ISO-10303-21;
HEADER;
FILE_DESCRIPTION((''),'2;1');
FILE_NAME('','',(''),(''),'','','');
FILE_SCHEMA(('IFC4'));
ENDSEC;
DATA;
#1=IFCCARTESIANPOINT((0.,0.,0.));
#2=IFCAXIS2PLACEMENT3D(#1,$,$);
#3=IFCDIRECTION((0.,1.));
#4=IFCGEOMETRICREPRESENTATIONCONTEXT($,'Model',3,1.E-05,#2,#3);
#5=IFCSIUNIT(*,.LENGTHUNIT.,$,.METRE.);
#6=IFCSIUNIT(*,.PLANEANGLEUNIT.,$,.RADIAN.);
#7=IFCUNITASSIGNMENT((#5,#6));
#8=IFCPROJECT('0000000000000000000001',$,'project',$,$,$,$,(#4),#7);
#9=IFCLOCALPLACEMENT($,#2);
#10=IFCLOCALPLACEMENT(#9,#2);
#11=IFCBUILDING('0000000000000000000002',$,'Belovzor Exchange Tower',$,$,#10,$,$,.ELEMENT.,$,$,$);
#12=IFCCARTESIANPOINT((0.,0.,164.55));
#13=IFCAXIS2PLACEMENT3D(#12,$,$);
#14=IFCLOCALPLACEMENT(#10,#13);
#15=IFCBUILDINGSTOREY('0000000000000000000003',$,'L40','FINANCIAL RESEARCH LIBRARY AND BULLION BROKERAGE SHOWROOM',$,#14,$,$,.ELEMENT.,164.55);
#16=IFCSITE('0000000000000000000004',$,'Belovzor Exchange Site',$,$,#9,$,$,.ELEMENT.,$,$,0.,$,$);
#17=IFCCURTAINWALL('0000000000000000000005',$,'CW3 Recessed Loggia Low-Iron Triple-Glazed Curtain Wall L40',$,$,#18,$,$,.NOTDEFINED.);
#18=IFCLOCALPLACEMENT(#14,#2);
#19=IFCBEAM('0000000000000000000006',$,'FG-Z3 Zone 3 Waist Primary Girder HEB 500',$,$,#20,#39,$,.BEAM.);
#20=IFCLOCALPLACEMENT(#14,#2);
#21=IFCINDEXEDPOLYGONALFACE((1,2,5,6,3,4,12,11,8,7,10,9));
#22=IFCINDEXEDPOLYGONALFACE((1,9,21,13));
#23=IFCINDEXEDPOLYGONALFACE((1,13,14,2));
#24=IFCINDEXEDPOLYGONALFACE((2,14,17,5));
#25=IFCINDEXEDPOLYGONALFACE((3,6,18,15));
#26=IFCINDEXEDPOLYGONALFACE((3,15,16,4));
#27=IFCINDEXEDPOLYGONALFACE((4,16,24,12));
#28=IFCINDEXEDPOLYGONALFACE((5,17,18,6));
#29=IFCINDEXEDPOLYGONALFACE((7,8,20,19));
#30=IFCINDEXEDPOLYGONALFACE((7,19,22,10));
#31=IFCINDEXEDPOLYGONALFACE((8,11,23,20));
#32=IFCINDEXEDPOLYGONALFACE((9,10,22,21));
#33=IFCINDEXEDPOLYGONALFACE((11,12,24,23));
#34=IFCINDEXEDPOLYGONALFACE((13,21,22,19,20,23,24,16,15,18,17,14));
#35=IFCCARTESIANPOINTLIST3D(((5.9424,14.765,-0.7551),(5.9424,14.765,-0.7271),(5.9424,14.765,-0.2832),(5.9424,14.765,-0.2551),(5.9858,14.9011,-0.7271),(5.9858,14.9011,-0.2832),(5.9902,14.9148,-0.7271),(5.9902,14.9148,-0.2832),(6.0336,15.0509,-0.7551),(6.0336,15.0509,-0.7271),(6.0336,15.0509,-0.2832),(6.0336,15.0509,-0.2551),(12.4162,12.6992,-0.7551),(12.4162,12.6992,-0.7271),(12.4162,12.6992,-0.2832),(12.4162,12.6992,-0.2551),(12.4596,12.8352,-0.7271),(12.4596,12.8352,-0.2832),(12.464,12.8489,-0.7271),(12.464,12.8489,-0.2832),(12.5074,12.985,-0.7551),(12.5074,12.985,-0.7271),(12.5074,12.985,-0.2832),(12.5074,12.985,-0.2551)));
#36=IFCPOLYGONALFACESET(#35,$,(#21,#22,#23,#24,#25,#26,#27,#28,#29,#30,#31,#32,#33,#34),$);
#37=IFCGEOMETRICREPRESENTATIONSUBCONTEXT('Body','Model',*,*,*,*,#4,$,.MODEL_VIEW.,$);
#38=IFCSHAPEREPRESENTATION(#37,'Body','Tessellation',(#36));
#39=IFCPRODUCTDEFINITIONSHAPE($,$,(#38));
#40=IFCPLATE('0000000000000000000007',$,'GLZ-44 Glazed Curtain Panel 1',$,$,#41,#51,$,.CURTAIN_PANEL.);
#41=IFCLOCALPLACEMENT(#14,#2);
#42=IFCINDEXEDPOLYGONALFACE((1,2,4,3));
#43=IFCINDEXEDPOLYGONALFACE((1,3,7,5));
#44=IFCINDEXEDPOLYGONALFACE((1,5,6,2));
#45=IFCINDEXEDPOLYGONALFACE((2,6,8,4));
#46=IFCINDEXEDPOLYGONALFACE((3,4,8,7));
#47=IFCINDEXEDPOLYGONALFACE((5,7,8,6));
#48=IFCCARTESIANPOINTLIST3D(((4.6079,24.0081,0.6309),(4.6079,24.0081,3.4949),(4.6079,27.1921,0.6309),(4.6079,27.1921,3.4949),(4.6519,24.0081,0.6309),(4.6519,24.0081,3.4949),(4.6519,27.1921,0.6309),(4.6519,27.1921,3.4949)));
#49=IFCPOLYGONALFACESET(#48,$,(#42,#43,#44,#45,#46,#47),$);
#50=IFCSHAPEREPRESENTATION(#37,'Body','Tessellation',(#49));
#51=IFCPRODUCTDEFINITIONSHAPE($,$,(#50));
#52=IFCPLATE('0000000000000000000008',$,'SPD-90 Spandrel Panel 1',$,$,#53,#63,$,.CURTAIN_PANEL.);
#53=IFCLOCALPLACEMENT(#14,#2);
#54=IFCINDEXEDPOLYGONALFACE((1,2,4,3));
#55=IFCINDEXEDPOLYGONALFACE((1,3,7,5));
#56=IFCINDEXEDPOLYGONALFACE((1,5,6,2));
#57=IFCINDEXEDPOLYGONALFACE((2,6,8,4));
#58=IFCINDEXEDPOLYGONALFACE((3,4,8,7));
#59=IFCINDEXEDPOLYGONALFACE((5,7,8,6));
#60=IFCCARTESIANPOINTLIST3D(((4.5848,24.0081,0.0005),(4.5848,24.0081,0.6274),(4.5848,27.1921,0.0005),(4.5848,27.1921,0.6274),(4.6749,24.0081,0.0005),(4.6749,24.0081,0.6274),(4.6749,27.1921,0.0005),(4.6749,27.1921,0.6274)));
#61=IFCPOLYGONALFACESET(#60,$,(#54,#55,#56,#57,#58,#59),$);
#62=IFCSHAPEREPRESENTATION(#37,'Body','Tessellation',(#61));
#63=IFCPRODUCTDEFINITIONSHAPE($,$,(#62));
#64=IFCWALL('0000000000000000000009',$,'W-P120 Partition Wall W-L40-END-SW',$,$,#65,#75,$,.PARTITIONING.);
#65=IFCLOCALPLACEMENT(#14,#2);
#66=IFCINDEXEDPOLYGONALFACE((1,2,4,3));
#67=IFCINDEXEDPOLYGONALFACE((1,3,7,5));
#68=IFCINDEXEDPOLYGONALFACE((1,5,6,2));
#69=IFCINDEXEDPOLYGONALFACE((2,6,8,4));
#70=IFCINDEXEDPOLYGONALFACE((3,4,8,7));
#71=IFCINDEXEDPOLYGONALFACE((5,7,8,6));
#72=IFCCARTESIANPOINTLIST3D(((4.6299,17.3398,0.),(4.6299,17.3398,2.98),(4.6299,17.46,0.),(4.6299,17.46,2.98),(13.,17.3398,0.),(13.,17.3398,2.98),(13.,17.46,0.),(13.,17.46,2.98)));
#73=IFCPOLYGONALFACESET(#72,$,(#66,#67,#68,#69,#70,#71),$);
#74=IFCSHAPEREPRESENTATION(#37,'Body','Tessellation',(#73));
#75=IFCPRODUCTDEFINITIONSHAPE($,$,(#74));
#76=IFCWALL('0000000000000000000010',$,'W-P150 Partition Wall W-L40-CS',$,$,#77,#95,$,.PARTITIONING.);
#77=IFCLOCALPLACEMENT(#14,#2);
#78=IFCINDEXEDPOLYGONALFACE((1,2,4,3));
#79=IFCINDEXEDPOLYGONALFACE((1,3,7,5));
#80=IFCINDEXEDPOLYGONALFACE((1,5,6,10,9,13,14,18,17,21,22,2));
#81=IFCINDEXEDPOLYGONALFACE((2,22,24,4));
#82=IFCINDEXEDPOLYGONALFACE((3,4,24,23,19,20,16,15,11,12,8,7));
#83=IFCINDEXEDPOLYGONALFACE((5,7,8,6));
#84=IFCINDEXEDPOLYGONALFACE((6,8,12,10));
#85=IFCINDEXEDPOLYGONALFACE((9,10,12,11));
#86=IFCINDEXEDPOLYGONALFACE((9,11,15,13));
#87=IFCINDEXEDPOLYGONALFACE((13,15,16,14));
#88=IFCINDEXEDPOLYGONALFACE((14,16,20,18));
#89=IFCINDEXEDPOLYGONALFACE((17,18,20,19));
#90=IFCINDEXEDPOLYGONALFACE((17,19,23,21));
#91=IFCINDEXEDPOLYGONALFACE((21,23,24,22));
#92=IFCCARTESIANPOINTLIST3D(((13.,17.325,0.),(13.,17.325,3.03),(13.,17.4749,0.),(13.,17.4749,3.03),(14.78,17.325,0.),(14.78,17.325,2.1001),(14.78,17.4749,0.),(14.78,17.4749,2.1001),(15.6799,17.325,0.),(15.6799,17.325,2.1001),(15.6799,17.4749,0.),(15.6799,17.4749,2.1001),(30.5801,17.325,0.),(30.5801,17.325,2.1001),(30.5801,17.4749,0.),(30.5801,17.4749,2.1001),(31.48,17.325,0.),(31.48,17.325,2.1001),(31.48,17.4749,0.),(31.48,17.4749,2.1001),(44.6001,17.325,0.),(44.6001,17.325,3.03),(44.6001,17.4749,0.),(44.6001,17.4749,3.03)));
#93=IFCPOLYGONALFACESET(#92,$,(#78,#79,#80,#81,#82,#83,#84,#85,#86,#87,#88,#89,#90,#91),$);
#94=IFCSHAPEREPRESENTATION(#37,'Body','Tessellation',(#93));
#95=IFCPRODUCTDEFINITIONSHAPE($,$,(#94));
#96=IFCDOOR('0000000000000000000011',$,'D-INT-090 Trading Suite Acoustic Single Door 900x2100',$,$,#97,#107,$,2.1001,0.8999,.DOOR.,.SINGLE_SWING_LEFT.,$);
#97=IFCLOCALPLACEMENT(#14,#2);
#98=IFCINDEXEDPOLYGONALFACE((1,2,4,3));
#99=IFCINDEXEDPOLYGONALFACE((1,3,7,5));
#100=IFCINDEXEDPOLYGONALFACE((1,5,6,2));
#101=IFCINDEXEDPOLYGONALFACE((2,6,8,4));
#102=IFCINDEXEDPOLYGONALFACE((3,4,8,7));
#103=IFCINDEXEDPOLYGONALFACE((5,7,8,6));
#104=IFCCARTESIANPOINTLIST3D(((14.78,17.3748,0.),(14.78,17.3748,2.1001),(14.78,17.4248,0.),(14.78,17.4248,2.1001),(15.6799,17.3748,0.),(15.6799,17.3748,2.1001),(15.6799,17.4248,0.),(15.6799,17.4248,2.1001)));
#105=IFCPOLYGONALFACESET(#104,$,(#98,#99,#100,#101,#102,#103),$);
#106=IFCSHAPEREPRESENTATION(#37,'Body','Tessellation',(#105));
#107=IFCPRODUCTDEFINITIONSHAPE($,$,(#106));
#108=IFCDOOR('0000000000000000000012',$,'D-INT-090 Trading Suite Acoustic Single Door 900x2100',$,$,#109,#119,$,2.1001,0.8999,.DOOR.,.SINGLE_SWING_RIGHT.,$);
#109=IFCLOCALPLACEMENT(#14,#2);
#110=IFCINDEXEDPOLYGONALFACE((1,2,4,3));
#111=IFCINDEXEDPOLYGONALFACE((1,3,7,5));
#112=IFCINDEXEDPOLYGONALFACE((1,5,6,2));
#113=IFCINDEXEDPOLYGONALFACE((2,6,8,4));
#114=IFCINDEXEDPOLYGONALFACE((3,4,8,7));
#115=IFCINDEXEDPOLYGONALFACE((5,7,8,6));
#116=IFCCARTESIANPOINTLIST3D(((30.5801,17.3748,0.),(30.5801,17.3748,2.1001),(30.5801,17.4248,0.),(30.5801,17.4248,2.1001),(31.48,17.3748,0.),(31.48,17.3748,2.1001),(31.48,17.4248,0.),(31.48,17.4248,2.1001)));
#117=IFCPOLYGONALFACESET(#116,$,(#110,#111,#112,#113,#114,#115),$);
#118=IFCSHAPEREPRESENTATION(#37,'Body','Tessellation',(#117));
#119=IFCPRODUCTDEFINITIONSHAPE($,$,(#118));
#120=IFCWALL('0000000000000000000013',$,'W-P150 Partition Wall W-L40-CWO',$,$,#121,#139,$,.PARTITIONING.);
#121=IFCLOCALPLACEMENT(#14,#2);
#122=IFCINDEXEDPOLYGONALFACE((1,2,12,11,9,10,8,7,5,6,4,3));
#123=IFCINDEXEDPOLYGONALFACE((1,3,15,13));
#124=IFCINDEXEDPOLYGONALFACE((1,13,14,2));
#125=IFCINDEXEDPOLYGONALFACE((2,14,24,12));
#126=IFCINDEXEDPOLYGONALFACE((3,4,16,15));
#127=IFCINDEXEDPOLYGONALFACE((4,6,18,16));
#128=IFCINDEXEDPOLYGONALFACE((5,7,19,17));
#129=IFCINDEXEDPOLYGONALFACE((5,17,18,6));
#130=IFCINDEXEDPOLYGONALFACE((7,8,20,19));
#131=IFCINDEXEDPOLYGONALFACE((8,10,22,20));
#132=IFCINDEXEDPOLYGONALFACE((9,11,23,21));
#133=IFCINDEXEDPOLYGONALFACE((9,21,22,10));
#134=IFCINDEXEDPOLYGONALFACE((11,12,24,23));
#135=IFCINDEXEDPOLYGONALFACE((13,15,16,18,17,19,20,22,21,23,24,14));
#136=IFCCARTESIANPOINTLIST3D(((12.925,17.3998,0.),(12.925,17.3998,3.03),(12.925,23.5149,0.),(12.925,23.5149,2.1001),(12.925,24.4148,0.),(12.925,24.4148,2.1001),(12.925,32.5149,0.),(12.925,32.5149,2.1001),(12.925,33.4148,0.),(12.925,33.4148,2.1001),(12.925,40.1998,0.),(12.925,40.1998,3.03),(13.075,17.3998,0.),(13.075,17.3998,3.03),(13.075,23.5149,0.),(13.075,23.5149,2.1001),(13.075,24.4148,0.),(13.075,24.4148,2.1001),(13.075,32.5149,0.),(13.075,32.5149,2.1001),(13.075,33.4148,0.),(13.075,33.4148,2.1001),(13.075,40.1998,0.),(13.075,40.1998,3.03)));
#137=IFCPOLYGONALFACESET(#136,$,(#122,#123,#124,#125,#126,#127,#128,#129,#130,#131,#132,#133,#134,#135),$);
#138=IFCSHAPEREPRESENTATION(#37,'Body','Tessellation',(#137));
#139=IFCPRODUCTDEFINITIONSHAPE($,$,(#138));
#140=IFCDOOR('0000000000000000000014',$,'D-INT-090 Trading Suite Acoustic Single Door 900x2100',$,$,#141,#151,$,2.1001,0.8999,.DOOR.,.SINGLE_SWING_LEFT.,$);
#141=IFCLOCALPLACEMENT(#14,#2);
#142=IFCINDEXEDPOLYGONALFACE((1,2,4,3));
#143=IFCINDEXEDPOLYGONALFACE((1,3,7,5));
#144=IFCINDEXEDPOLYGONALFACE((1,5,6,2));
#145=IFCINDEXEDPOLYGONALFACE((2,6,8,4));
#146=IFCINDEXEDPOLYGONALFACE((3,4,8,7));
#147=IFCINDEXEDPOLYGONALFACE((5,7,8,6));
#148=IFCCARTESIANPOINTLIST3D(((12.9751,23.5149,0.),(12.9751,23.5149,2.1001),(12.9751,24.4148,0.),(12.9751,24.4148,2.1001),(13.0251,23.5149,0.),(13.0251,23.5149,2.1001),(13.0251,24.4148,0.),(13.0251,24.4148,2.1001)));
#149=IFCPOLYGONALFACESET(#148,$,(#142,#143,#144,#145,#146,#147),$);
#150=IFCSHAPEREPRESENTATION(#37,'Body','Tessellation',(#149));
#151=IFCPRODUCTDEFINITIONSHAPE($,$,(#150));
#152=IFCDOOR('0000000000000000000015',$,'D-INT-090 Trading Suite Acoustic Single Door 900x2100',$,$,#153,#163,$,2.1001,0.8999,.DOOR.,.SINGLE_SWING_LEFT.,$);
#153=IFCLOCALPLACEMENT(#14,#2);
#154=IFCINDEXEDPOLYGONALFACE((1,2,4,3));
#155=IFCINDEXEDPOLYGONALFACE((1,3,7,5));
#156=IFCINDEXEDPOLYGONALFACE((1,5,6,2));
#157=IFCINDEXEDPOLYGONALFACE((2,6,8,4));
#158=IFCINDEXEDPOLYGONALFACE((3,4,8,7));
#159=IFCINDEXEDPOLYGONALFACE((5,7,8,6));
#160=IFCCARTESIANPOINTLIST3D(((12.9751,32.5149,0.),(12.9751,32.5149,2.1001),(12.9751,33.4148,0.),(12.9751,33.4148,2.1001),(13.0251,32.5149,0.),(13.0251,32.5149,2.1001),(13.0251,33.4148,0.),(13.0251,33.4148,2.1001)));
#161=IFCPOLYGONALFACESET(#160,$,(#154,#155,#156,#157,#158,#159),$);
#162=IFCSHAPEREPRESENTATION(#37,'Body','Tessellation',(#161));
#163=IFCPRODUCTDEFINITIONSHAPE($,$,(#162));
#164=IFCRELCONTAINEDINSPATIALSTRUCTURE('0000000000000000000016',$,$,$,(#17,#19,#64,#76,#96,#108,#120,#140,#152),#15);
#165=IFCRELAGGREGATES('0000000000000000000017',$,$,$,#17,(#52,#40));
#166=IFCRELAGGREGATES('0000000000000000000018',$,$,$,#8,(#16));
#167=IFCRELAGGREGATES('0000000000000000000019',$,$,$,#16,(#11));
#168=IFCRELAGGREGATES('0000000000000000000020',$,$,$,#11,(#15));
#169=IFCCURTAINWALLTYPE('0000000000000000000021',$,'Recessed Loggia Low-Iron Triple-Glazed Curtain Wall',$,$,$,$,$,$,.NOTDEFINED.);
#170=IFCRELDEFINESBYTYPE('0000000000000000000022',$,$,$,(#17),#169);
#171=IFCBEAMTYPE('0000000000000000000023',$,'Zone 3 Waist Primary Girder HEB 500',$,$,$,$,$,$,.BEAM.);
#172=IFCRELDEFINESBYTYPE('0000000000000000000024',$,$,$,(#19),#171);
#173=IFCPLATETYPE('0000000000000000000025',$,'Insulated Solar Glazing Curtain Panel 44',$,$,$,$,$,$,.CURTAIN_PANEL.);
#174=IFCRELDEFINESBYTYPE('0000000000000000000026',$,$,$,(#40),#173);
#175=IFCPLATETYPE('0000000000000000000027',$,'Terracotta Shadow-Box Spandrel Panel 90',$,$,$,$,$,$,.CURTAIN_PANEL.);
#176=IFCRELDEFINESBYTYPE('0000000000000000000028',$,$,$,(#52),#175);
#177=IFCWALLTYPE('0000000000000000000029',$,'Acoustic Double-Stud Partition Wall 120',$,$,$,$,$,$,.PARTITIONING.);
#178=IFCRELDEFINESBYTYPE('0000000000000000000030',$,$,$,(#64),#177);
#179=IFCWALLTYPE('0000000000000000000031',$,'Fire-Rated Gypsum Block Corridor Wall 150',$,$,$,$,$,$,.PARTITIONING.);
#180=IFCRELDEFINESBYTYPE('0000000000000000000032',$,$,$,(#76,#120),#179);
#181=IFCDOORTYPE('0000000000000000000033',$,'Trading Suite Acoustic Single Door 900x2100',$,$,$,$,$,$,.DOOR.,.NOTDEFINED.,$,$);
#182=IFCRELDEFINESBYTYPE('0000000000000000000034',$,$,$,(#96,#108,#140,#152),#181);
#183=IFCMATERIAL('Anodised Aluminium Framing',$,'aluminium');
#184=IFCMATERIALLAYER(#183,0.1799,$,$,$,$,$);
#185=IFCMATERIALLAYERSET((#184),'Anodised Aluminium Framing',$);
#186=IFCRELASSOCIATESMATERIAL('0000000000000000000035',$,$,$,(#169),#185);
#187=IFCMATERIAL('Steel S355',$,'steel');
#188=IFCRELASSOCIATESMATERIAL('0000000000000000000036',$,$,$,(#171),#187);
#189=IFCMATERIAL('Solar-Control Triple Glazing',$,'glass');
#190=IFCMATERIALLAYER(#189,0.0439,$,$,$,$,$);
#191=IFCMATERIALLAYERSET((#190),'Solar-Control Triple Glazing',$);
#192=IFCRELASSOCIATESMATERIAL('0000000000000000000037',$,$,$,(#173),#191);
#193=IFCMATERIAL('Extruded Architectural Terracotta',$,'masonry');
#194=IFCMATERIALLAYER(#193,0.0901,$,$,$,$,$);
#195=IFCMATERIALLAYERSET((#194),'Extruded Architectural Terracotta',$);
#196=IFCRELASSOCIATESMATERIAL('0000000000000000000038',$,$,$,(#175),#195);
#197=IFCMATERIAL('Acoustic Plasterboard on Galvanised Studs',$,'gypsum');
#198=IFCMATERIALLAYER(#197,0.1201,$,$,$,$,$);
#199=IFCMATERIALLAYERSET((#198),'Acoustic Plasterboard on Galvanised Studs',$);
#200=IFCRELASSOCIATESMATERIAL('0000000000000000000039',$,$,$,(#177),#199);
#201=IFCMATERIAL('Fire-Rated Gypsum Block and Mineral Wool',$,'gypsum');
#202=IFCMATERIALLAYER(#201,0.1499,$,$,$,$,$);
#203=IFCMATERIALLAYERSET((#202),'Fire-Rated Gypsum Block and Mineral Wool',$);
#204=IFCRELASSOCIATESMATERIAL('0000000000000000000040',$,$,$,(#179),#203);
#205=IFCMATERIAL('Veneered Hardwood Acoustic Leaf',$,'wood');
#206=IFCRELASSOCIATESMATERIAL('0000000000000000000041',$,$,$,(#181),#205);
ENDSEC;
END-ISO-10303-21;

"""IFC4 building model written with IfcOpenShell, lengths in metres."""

from ifc_helpers import new_model, si_unit, direction, frame, frame_2d, origin, origin_2d, place, context, subcontext, project, spatial, rectangle, i_section, extrude, material, layer, layer_set, material_profile, profile_set, type_object, element, fill, aggregate, save


model = new_model("IFC4")

# Units and contexts
model_context = context("Model", 3, precision=1e-05, world=origin(), true_north=direction((0.0, 1.0)))
body_context = subcontext(model_context, "Body", "Model", "MODEL_VIEW")
ifc_project = project(units=[si_unit("LENGTHUNIT", "METRE"), si_unit("PLANEANGLEUNIT", "RADIAN")], contexts=[model_context])

# Site, building, storey
site_placement = place(None, origin())
site = spatial("IfcSite", under=ifc_project, at=site_placement, Name="Belovzor Exchange Site", CompositionType="ELEMENT", RefElevation=0.0)
building_placement = place(site_placement, origin())
building = spatial("IfcBuilding", under=site, at=building_placement, Name="Belovzor Exchange Tower", CompositionType="ELEMENT")
storey_placement = place(building_placement, frame((0.0, 0.0, 164.55)))
storey = spatial("IfcBuildingStorey", under=building, at=storey_placement, Name="L40", Description="FINANCIAL RESEARCH LIBRARY AND BULLION BROKERAGE SHOWROOM", CompositionType="ELEMENT", Elevation=164.55)

# Curtain wall
ifc_material_1 = material(Name="Anodised Aluminium Framing", Category="aluminium")
ifc_layer_1 = layer(ifc_material_1, 0.1799)
ifc_layer_set_1 = layer_set([ifc_layer_1], Name="Anodised Aluminium Framing")
curtain_wall_type = type_object("IfcCurtainWallType", Name="Recessed Loggia Low-Iron Triple-Glazed Curtain Wall", PredefinedType="NOTDEFINED", material=ifc_layer_set_1)
curtain_wall_placement = place(storey_placement, origin())
curtain_wall = element("IfcCurtainWall", 1, at=curtain_wall_placement, inside=storey, type_object=curtain_wall_type, Name="CW3 Recessed Loggia Low-Iron Triple-Glazed Curtain Wall L40", PredefinedType="NOTDEFINED")

# Beam
ifc_material_2 = material(Name="Steel S355", Category="steel")
ifc_material_profile_1 = material_profile(ifc_material_2, i_section(OverallWidth=0.3, OverallDepth=0.5, WebThickness=0.0144, FlangeThickness=0.0281, at=origin_2d()))
ifc_profile_set_1 = profile_set([ifc_material_profile_1], Name="Steel S355")
beam_type_1 = type_object("IfcBeamType", Name="Zone 3 Waist Primary Girder HEB 500", PredefinedType="BEAM", material=ifc_profile_set_1)
beam_1_placement = place(storey_placement, frame((5.988, 14.908, -0.5051), z_axis=(0.952668, -0.304012, 0.0), x_axis=(0.304012, 0.952668, 0.0)))
element("IfcBeam", 2, at=beam_1_placement, inside=storey, type_object=beam_type_1, Name="FG-Z3 Zone 3 Waist Primary Girder HEB 500", PredefinedType="BEAM", context=body_context, shape_type="SweptSolid", body=[
    extrude(i_section(OverallWidth=0.3, OverallDepth=0.5, WebThickness=0.0144, FlangeThickness=0.0281, at=origin_2d()), origin(), (0.0, 0.0, 1.0), 6.7954),
])

# Plates
ifc_material_3 = material(Name="Solar-Control Triple Glazing", Category="glass")
ifc_layer_2 = layer(ifc_material_3, 0.0439)
ifc_layer_set_2 = layer_set([ifc_layer_2], Name="Solar-Control Triple Glazing")
plate_type_1 = type_object("IfcPlateType", Name="Insulated Solar Glazing Curtain Panel 44", PredefinedType="CURTAIN_PANEL", material=ifc_layer_set_2)
plate_1_placement = place(storey_placement, frame((4.6299, 25.6001, 0.6309), z_axis=(0.0, 0.0, 1.0), x_axis=(0.0, 1.0, 0.0)))
plate_1 = element("IfcPlate", 3, at=plate_1_placement, type_object=plate_type_1, Name="GLZ-44 Glazed Curtain Panel 1", PredefinedType="CURTAIN_PANEL", context=body_context, shape_type="SweptSolid", body=[
    extrude(rectangle(XDim=3.1841, YDim=0.0439, at=origin_2d()), origin(), (0.0, 0.0, 1.0), 2.864),
])
ifc_material_4 = material(Name="Extruded Architectural Terracotta", Category="masonry")
ifc_layer_3 = layer(ifc_material_4, 0.0901)
ifc_layer_set_3 = layer_set([ifc_layer_3], Name="Extruded Architectural Terracotta")
plate_type_2 = type_object("IfcPlateType", Name="Terracotta Shadow-Box Spandrel Panel 90", PredefinedType="CURTAIN_PANEL", material=ifc_layer_set_3)
plate_2_placement = place(storey_placement, frame((4.6299, 25.6001, 0.0005), z_axis=(0.0, 0.0, 1.0), x_axis=(0.0, 1.0, 0.0)))
plate_2 = element("IfcPlate", 4, at=plate_2_placement, type_object=plate_type_2, Name="SPD-90 Spandrel Panel 1", PredefinedType="CURTAIN_PANEL", context=body_context, shape_type="SweptSolid", body=[
    extrude(rectangle(XDim=3.1841, YDim=0.0901, at=origin_2d()), origin(), (0.0, 0.0, 1.0), 0.627),
])
aggregate(curtain_wall, [plate_2, plate_1])

# Wall
ifc_material_5 = material(Name="Acoustic Plasterboard on Galvanised Studs", Category="gypsum")
ifc_layer_4 = layer(ifc_material_5, 0.1201)
ifc_layer_set_4 = layer_set([ifc_layer_4], Name="Acoustic Plasterboard on Galvanised Studs")
wall_type_1 = type_object("IfcWallType", Name="Acoustic Double-Stud Partition Wall 120", PredefinedType="PARTITIONING", material=ifc_layer_set_4)
wall_1_placement = place(storey_placement, frame((4.6299, 17.3999, 0.0), z_axis=(0.0, 0.0, 1.0), x_axis=(1.0, 0.0, 0.0)))
element("IfcWall", 5, at=wall_1_placement, inside=storey, type_object=wall_type_1, Name="W-P120 Partition Wall W-L40-END-SW", PredefinedType="PARTITIONING", context=body_context, shape_type="SweptSolid", body=[
    extrude(rectangle(XDim=8.3701, YDim=0.1201, at=frame_2d((4.1851, 0.0))), origin(), (0.0, 0.0, 1.0), 2.98),
])

# Walls, openings, doors
ifc_material_6 = material(Name="Fire-Rated Gypsum Block and Mineral Wool", Category="gypsum")
ifc_layer_5 = layer(ifc_material_6, 0.1499)
ifc_layer_set_5 = layer_set([ifc_layer_5], Name="Fire-Rated Gypsum Block and Mineral Wool")
wall_type_2 = type_object("IfcWallType", Name="Fire-Rated Gypsum Block Corridor Wall 150", PredefinedType="PARTITIONING", material=ifc_layer_set_5)
wall_2_placement = place(storey_placement, frame((13.0, 17.3999, 0.0), z_axis=(0.0, 0.0, 1.0), x_axis=(1.0, 0.0, 0.0)))
wall_2 = element("IfcWall", 6, at=wall_2_placement, inside=storey, type_object=wall_type_2, Name="W-P150 Partition Wall W-L40-CS", PredefinedType="PARTITIONING", context=body_context, shape_type="SweptSolid", body=[
    extrude(rectangle(XDim=31.6001, YDim=0.1499, at=frame_2d((15.8, 0.0))), origin(), (0.0, 0.0, 1.0), 3.03),
])
opening_1_placement = place(wall_2_placement, frame((1.78, 0.0, 0.0)))
opening_1 = element("IfcOpeningElement", 7, at=opening_1_placement, cuts=wall_2, PredefinedType="OPENING", context=body_context, shape_type="SweptSolid", body=[
    extrude(rectangle(XDim=0.8999, YDim=2.1001, at=frame_2d((0.45, 1.05))), frame((0.0, 0.085, 0.0), z_axis=(0.0, -1.0, 0.0), x_axis=(1.0, 0.0, 0.0)), (0.0, 0.0, 1.0), 0.1699),
])
opening_2_placement = place(wall_2_placement, frame((17.5801, 0.0, 0.0)))
opening_2 = element("IfcOpeningElement", 8, at=opening_2_placement, cuts=wall_2, PredefinedType="OPENING", context=body_context, shape_type="SweptSolid", body=[
    extrude(rectangle(XDim=0.8999, YDim=2.1001, at=frame_2d((0.45, 1.05))), frame((0.0, 0.085, 0.0), z_axis=(0.0, -1.0, 0.0), x_axis=(1.0, 0.0, 0.0)), (0.0, 0.0, 1.0), 0.1699),
])
ifc_material_7 = material(Name="Veneered Hardwood Acoustic Leaf", Category="wood")
door_type = type_object("IfcDoorType", Name="Trading Suite Acoustic Single Door 900x2100", OperationType="NOTDEFINED", PredefinedType="DOOR", material=ifc_material_7)
door_1_placement = place(opening_1_placement, origin())
door_1 = element("IfcDoor", 9, at=door_1_placement, inside=storey, type_object=door_type, Name="D-INT-090 Trading Suite Acoustic Single Door 900x2100", OperationType="SINGLE_SWING_LEFT", OverallHeight=2.1001, OverallWidth=0.8999, PredefinedType="DOOR", context=body_context, shape_type="SweptSolid", body=[
    extrude(rectangle(XDim=0.8999, YDim=2.1001, at=frame_2d((0.45, 1.05))), frame((0.0, 0.0249, 0.0), z_axis=(0.0, -1.0, 0.0), x_axis=(1.0, 0.0, 0.0)), (0.0, 0.0, 1.0), 0.05),
])
fill(opening_1, door_1)
door_2_placement = place(opening_2_placement, origin())
door_2 = element("IfcDoor", 10, at=door_2_placement, inside=storey, type_object=door_type, Name="D-INT-090 Trading Suite Acoustic Single Door 900x2100", OperationType="SINGLE_SWING_RIGHT", OverallHeight=2.1001, OverallWidth=0.8999, PredefinedType="DOOR", context=body_context, shape_type="SweptSolid", body=[
    extrude(rectangle(XDim=0.8999, YDim=2.1001, at=frame_2d((0.45, 1.05))), frame((0.0, 0.0249, 0.0), z_axis=(0.0, -1.0, 0.0), x_axis=(1.0, 0.0, 0.0)), (0.0, 0.0, 1.0), 0.05),
])
fill(opening_2, door_2)
wall_3_placement = place(storey_placement, frame((13.0, 17.3999, 0.0), z_axis=(0.0, 0.0, 1.0), x_axis=(0.0, 1.0, 0.0)))
wall_3 = element("IfcWall", 11, at=wall_3_placement, inside=storey, type_object=wall_type_2, Name="W-P150 Partition Wall W-L40-CWO", PredefinedType="PARTITIONING", context=body_context, shape_type="SweptSolid", body=[
    extrude(rectangle(XDim=22.8, YDim=0.1499, at=frame_2d((11.3999, 0.0))), origin(), (0.0, 0.0, 1.0), 3.03),
])
opening_3_placement = place(wall_3_placement, frame((6.115, 0.0, 0.0)))
opening_3 = element("IfcOpeningElement", 12, at=opening_3_placement, cuts=wall_3, PredefinedType="OPENING", context=body_context, shape_type="SweptSolid", body=[
    extrude(rectangle(XDim=0.8999, YDim=2.1001, at=frame_2d((0.45, 1.05))), frame((0.0, 0.085, 0.0), z_axis=(0.0, -1.0, 0.0), x_axis=(1.0, 0.0, 0.0)), (0.0, 0.0, 1.0), 0.1699),
])
opening_4_placement = place(wall_3_placement, frame((15.115, 0.0, 0.0)))
opening_4 = element("IfcOpeningElement", 13, at=opening_4_placement, cuts=wall_3, PredefinedType="OPENING", context=body_context, shape_type="SweptSolid", body=[
    extrude(rectangle(XDim=0.8999, YDim=2.1001, at=frame_2d((0.45, 1.05))), frame((0.0, 0.085, 0.0), z_axis=(0.0, -1.0, 0.0), x_axis=(1.0, 0.0, 0.0)), (0.0, 0.0, 1.0), 0.1699),
])
door_3_placement = place(opening_3_placement, origin())
door_3 = element("IfcDoor", 14, at=door_3_placement, inside=storey, type_object=door_type, Name="D-INT-090 Trading Suite Acoustic Single Door 900x2100", OperationType="SINGLE_SWING_LEFT", OverallHeight=2.1001, OverallWidth=0.8999, PredefinedType="DOOR", context=body_context, shape_type="SweptSolid", body=[
    extrude(rectangle(XDim=0.8999, YDim=2.1001, at=frame_2d((0.45, 1.05))), frame((0.0, 0.0249, 0.0), z_axis=(0.0, -1.0, 0.0), x_axis=(1.0, 0.0, 0.0)), (0.0, 0.0, 1.0), 0.05),
])
fill(opening_3, door_3)
door_4_placement = place(opening_4_placement, origin())
door_4 = element("IfcDoor", 15, at=door_4_placement, inside=storey, type_object=door_type, Name="D-INT-090 Trading Suite Acoustic Single Door 900x2100", OperationType="SINGLE_SWING_LEFT", OverallHeight=2.1001, OverallWidth=0.8999, PredefinedType="DOOR", context=body_context, shape_type="SweptSolid", body=[
    extrude(rectangle(XDim=0.8999, YDim=2.1001, at=frame_2d((0.45, 1.05))), frame((0.0, 0.0249, 0.0), z_axis=(0.0, -1.0, 0.0), x_axis=(1.0, 0.0, 0.0)), (0.0, 0.0, 1.0), 0.05),
])
fill(opening_4, door_4)

save(model, "model.ifc")
